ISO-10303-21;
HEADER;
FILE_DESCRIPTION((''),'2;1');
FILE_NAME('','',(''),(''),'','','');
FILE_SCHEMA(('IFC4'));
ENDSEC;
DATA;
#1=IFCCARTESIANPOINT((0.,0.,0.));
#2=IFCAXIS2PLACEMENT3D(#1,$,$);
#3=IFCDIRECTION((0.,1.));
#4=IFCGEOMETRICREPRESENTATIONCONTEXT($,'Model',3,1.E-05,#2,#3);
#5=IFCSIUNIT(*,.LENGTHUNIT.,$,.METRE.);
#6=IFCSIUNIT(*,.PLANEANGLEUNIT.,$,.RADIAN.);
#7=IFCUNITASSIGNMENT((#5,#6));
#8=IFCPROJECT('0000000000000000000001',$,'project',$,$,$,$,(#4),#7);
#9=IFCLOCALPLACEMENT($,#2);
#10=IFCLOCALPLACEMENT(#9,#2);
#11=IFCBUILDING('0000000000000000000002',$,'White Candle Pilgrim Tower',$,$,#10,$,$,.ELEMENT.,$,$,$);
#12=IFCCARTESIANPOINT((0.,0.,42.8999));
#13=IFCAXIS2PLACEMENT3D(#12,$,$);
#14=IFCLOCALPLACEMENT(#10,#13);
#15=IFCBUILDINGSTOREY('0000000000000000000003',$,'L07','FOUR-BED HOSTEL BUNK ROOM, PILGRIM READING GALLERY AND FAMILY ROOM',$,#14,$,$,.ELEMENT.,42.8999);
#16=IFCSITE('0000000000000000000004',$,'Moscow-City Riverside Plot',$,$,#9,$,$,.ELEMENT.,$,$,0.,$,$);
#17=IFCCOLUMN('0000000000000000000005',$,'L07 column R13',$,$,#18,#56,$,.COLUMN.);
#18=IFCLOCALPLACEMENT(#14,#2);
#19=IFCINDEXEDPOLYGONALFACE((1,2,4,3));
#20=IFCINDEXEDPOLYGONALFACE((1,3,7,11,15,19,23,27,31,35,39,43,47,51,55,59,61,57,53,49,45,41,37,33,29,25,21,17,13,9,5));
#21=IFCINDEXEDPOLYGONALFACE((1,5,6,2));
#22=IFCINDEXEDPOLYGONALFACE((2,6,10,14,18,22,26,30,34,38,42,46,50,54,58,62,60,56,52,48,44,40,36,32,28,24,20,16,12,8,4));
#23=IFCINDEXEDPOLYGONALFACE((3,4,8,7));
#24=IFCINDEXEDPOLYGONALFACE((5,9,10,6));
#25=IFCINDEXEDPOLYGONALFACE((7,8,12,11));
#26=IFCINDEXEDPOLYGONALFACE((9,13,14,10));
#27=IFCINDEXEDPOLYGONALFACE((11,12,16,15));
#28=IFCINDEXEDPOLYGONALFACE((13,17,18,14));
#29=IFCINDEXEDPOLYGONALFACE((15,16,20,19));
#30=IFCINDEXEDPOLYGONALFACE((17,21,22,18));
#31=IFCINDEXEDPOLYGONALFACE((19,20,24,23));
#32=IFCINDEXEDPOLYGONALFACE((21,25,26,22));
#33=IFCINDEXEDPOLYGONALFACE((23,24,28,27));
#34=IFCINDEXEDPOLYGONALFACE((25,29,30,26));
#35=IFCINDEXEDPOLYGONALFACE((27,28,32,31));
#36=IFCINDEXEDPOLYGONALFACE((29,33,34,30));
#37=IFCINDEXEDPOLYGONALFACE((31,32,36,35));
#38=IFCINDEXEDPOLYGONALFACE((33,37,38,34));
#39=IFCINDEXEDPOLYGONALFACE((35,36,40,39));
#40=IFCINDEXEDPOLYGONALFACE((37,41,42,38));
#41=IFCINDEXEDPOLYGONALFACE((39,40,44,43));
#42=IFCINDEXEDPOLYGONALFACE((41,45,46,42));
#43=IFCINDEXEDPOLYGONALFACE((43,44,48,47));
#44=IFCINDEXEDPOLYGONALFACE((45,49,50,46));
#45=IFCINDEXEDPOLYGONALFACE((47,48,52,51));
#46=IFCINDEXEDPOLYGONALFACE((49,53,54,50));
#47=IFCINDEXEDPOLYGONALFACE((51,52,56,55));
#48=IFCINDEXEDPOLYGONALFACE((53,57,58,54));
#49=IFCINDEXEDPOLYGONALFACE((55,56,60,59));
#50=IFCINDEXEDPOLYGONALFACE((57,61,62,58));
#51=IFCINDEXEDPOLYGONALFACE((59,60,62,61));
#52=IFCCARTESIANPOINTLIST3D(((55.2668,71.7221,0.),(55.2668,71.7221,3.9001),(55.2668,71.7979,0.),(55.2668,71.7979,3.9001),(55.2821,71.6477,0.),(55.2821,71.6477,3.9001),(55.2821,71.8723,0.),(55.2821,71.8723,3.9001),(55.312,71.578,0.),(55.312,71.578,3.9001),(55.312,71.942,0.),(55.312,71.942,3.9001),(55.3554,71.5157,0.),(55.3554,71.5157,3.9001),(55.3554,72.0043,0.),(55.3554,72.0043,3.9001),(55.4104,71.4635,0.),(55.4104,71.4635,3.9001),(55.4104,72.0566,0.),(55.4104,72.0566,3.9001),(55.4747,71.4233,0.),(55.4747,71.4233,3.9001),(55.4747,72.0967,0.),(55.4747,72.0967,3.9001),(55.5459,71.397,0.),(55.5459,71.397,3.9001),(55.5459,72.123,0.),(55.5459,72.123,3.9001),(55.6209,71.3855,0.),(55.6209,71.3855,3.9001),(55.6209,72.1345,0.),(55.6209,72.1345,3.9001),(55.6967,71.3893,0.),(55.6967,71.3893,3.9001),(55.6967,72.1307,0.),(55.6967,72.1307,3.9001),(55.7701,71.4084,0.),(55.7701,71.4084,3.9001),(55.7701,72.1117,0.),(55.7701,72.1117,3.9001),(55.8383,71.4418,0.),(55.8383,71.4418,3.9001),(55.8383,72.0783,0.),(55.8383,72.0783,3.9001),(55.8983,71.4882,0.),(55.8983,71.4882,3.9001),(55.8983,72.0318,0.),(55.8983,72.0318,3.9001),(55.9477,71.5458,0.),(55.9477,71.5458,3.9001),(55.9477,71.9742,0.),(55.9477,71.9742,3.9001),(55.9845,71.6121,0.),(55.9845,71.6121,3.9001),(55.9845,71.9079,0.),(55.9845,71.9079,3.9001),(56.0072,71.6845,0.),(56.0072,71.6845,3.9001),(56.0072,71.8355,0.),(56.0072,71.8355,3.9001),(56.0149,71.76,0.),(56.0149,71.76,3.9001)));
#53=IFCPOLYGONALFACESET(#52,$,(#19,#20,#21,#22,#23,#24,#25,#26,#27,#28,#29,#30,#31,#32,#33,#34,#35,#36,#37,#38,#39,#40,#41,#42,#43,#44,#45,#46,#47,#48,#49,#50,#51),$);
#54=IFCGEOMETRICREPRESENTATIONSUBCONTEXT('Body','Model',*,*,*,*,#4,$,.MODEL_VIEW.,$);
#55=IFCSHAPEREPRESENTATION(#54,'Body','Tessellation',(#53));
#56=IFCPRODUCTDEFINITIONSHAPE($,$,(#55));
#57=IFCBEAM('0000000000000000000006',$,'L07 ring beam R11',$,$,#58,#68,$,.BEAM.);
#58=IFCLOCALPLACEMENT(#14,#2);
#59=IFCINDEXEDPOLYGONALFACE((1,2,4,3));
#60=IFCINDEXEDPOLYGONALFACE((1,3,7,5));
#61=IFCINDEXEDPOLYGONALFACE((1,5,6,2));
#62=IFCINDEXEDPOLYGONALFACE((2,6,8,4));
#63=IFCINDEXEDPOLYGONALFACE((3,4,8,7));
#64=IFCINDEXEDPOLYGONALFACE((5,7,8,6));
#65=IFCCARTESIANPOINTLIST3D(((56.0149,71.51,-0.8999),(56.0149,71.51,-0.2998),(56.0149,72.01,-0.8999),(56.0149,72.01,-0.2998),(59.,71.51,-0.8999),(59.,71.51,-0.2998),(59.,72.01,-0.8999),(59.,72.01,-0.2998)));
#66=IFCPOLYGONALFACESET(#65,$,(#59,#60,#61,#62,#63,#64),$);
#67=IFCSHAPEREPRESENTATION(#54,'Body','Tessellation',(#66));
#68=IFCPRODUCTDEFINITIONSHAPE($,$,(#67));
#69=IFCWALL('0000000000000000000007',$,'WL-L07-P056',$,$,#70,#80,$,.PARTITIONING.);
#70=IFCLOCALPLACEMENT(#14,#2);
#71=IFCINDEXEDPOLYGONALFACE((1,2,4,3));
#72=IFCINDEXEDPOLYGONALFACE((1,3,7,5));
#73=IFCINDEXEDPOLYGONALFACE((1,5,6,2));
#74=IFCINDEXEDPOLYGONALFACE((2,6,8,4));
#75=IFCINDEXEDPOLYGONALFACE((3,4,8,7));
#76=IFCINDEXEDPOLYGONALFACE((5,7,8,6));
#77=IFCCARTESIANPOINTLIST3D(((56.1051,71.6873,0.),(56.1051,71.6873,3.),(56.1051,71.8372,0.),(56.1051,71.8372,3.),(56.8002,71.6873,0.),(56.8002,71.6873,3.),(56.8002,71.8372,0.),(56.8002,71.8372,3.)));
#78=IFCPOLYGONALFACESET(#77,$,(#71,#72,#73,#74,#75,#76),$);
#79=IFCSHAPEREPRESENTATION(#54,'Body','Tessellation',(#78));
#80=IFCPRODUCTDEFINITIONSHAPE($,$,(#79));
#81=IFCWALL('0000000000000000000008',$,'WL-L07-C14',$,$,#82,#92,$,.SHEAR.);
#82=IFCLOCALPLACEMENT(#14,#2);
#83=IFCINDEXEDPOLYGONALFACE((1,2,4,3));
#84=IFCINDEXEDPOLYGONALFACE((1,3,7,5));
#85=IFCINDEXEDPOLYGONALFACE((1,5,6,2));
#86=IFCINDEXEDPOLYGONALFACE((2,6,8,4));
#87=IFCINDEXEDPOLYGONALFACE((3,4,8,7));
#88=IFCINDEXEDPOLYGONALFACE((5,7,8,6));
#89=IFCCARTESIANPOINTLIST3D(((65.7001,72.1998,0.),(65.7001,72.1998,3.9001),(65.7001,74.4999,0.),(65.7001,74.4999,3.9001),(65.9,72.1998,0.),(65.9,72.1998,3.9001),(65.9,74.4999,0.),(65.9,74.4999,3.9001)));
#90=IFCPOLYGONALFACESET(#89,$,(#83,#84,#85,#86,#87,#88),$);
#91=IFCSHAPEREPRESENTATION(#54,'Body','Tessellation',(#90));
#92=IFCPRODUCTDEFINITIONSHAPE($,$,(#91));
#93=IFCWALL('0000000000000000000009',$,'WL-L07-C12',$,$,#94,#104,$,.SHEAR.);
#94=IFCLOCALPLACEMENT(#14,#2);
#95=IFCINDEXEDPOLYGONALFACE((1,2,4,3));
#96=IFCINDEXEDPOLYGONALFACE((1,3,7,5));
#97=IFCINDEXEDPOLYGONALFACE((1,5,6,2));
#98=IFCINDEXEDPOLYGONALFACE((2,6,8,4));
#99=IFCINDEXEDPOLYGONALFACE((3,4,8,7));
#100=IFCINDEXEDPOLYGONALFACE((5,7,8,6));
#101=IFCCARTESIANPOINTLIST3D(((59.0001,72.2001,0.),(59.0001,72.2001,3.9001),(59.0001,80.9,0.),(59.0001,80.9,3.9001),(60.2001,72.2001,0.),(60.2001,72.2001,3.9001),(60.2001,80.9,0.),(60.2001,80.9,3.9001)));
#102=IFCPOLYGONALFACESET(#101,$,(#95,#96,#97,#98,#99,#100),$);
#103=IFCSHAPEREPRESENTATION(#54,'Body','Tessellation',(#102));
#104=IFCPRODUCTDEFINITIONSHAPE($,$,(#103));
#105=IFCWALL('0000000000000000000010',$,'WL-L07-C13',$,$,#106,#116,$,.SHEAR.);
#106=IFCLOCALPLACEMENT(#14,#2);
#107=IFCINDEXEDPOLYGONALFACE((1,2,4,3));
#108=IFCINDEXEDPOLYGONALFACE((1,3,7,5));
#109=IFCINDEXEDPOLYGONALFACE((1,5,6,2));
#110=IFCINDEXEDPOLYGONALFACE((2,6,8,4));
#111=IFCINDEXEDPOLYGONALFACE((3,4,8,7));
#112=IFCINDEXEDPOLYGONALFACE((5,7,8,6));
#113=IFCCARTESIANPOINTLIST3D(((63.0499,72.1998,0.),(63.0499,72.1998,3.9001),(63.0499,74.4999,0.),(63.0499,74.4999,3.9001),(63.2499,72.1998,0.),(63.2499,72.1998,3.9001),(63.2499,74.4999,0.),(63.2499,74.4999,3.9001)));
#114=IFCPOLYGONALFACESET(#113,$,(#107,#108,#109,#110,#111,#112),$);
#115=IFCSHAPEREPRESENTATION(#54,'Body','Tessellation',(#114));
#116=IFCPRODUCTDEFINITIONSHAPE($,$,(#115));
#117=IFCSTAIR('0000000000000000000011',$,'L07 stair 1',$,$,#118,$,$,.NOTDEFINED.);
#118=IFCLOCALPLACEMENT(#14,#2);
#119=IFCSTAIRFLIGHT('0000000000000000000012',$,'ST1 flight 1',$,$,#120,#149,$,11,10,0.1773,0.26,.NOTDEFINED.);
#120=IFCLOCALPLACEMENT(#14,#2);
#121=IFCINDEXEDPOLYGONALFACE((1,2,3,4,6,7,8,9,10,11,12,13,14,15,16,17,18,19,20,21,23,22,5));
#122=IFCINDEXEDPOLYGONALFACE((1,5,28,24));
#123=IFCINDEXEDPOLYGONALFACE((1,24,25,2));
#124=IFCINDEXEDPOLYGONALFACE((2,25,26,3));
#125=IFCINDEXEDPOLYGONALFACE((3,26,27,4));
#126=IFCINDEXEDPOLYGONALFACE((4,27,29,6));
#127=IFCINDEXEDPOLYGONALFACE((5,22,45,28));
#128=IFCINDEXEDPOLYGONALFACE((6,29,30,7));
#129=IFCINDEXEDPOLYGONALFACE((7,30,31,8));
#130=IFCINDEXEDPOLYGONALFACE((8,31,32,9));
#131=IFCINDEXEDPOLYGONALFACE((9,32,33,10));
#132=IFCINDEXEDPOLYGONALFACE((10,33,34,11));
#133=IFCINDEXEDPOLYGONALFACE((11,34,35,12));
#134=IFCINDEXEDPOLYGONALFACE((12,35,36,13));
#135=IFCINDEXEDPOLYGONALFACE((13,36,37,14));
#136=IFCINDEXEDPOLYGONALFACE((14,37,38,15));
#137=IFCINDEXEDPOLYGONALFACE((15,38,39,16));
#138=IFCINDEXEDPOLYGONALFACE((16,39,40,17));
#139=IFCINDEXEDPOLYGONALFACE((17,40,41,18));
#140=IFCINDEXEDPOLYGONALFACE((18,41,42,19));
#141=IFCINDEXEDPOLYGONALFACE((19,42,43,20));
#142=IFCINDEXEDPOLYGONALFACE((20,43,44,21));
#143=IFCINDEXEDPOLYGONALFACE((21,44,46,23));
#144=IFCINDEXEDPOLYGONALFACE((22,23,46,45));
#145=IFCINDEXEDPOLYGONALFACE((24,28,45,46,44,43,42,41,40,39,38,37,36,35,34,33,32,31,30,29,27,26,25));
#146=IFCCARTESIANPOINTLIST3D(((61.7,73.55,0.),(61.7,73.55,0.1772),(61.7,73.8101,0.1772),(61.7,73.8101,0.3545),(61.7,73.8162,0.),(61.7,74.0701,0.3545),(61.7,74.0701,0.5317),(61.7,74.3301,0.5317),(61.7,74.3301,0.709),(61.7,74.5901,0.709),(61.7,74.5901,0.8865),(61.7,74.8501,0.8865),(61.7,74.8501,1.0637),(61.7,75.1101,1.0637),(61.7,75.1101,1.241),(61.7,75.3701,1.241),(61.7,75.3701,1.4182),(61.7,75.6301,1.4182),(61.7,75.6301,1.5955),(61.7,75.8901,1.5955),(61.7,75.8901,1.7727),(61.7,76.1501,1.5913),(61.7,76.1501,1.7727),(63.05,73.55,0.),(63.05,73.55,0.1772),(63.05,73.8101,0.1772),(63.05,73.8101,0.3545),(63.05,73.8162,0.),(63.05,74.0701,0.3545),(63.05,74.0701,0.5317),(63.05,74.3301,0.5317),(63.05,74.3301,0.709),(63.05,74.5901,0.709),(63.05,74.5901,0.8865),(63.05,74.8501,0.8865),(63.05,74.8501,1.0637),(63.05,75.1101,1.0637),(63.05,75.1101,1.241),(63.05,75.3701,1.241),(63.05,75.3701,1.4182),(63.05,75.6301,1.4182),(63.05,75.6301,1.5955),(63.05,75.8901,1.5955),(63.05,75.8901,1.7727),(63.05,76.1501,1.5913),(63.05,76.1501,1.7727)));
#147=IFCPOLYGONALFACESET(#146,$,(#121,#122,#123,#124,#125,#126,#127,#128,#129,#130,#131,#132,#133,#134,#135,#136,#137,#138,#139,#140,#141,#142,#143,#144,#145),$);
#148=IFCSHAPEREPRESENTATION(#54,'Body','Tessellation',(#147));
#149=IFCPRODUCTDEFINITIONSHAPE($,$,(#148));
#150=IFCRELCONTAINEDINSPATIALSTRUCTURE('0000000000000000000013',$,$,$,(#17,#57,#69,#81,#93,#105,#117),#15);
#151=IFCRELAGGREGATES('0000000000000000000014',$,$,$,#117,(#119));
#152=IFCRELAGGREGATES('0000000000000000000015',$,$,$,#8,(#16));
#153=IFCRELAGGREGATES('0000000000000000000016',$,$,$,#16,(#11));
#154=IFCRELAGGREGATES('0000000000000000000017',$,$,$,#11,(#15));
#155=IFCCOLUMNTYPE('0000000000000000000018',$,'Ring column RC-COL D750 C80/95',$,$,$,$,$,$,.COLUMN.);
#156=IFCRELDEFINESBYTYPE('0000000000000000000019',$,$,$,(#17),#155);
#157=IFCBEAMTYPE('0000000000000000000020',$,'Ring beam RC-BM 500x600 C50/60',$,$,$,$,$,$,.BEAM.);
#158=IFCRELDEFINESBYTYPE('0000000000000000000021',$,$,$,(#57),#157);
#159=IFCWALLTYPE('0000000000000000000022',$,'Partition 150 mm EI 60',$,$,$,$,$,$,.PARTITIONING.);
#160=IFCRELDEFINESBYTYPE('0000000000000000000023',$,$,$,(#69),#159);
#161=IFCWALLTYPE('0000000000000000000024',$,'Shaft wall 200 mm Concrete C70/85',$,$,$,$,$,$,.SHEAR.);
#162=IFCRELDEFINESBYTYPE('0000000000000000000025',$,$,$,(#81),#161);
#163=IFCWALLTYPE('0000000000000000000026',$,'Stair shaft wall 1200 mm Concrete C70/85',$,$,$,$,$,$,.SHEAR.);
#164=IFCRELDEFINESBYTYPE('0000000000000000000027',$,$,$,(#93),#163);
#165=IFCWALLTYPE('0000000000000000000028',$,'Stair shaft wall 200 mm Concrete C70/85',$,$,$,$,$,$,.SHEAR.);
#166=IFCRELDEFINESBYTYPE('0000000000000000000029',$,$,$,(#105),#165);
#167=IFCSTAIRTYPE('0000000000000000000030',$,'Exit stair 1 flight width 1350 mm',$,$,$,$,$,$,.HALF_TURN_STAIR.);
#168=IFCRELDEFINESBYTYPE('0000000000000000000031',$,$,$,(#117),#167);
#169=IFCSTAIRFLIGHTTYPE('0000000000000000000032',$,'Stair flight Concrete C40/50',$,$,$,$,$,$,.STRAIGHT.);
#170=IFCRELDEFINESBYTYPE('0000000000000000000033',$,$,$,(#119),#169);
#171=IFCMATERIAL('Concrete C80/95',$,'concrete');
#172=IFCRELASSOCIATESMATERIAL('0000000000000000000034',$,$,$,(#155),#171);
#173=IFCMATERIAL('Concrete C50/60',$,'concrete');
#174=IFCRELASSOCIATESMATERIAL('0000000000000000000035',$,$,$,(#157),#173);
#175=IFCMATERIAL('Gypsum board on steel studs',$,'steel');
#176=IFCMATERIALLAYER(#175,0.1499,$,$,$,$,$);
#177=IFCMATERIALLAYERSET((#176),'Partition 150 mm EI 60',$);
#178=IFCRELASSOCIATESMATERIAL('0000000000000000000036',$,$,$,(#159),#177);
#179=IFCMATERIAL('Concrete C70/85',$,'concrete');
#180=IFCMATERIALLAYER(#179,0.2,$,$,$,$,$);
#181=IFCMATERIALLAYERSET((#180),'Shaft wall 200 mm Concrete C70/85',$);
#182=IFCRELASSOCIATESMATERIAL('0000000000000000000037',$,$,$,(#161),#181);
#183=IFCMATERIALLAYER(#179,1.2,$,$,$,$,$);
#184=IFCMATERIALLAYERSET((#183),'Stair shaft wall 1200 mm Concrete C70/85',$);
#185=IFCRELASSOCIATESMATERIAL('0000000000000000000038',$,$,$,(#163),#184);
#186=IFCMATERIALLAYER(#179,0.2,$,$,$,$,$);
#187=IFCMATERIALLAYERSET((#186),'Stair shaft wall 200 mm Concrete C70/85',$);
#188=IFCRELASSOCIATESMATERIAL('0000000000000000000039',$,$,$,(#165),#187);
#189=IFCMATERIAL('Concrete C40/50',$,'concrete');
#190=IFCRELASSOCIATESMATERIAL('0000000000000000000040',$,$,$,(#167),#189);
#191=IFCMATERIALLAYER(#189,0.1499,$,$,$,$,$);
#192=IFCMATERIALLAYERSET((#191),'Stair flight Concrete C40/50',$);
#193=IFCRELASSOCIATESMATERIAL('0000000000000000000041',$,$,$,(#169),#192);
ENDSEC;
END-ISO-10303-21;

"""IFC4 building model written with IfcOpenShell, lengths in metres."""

from ifc_helpers import new_model, si_unit, direction, frame, frame_2d, origin, origin_2d, place, context, subcontext, project, spatial, polyline, rectangle, circle, outline, extrude, material, layer, layer_set, material_profile, profile_set, type_object, element, aggregate, save


model = new_model("IFC4")

# Units and contexts
model_context = context("Model", 3, precision=1e-05, world=origin(), true_north=direction((0.0, 1.0)))
body_context = subcontext(model_context, "Body", "Model", "MODEL_VIEW")
ifc_project = project(units=[si_unit("LENGTHUNIT", "METRE"), si_unit("PLANEANGLEUNIT", "RADIAN")], contexts=[model_context])

# Site, building, storey
site_placement = place(None, origin())
site = spatial("IfcSite", under=ifc_project, at=site_placement, Name="Moscow-City Riverside Plot", CompositionType="ELEMENT", RefElevation=0.0)
building_placement = place(site_placement, origin())
building = spatial("IfcBuilding", under=site, at=building_placement, Name="White Candle Pilgrim Tower", CompositionType="ELEMENT")
storey_placement = place(building_placement, frame((0.0, 0.0, 42.8999)))
storey = spatial("IfcBuildingStorey", under=building, at=storey_placement, Name="L07", Description="FOUR-BED HOSTEL BUNK ROOM, PILGRIM READING GALLERY AND FAMILY ROOM", CompositionType="ELEMENT", Elevation=42.8999)

# Column
ifc_material_1 = material(Name="Concrete C80/95", Category="concrete")
ifc_material_profile_1 = material_profile(ifc_material_1, circle(Radius=0.375, at=origin_2d()), Name="RC-COL D750")
ifc_profile_set_1 = profile_set([ifc_material_profile_1], Name="Concrete C80/95")
column_type = type_object("IfcColumnType", Name="Ring column RC-COL D750 C80/95", PredefinedType="COLUMN", material=ifc_profile_set_1)
column_placement = place(storey_placement, frame((55.6399, 71.76, 0.0), z_axis=(0.0, 0.0, 1.0), x_axis=(1.0, 0.0, 0.0)))
element("IfcColumn", 1, at=column_placement, inside=storey, type_object=column_type, Name="L07 column R13", PredefinedType="COLUMN", context=body_context, shape_type="SweptSolid", body=[
    extrude(circle(Radius=0.375, at=origin_2d()), origin(), (0.0, 0.0, 1.0), 3.9001),
])

# Beam
ifc_material_2 = material(Name="Concrete C50/60", Category="concrete")
ifc_material_profile_2 = material_profile(ifc_material_2, rectangle(XDim=0.5, YDim=0.6001, at=origin_2d()), Name="RC-BM 500x600")
ifc_profile_set_2 = profile_set([ifc_material_profile_2], Name="Concrete C50/60")
beam_type = type_object("IfcBeamType", Name="Ring beam RC-BM 500x600 C50/60", PredefinedType="BEAM", material=ifc_profile_set_2)
beam_placement = place(storey_placement, frame((56.0149, 71.76, -0.5999), z_axis=(1.0, 0.0, 0.0), x_axis=(0.0, 1.0, 0.0)))
element("IfcBeam", 2, at=beam_placement, inside=storey, type_object=beam_type, Name="L07 ring beam R11", PredefinedType="BEAM", context=body_context, shape_type="SweptSolid", body=[
    extrude(rectangle(XDim=0.5, YDim=0.6001, at=origin_2d()), origin(), (0.0, 0.0, 1.0), 2.9851),
])

# Walls
ifc_material_3 = material(Name="Gypsum board on steel studs", Category="steel")
ifc_layer_1 = layer(ifc_material_3, 0.1499)
ifc_layer_set_1 = layer_set([ifc_layer_1], Name="Partition 150 mm EI 60")
wall_type_1 = type_object("IfcWallType", Name="Partition 150 mm EI 60", PredefinedType="PARTITIONING", material=ifc_layer_set_1)
wall_1_placement = place(storey_placement, frame((56.105, 71.7622, 0.0), z_axis=(0.0, 0.0, 1.0), x_axis=(1.0, 0.0, 0.0)))
element("IfcWall", 3, at=wall_1_placement, inside=storey, type_object=wall_type_1, Name="WL-L07-P056", PredefinedType="PARTITIONING", context=body_context, shape_type="SweptSolid", body=[
    extrude(rectangle(XDim=0.6951, YDim=0.1499, at=frame_2d((0.3477, 0.0))), origin(), (0.0, 0.0, 1.0), 3.0),
])
ifc_material_4 = material(Name="Concrete C70/85", Category="concrete")
ifc_layer_2 = layer(ifc_material_4, 0.2)
ifc_layer_set_2 = layer_set([ifc_layer_2], Name="Shaft wall 200 mm Concrete C70/85")
wall_type_2 = type_object("IfcWallType", Name="Shaft wall 200 mm Concrete C70/85", PredefinedType="SHEAR", material=ifc_layer_set_2)
wall_2_placement = place(storey_placement, frame((65.8, 72.2, 0.0), z_axis=(0.0, 0.0, 1.0), x_axis=(0.0, 1.0, 0.0)))
element("IfcWall", 4, at=wall_2_placement, inside=storey, type_object=wall_type_2, Name="WL-L07-C14", PredefinedType="SHEAR", context=body_context, shape_type="SweptSolid", body=[
    extrude(rectangle(XDim=2.3, YDim=0.2, at=frame_2d((1.1499, 0.0))), origin(), (0.0, 0.0, 1.0), 3.9001),
])
ifc_layer_3 = layer(ifc_material_4, 1.2)
ifc_layer_set_3 = layer_set([ifc_layer_3], Name="Stair shaft wall 1200 mm Concrete C70/85")
wall_type_3 = type_object("IfcWallType", Name="Stair shaft wall 1200 mm Concrete C70/85", PredefinedType="SHEAR", material=ifc_layer_set_3)
wall_3_placement = place(storey_placement, frame((59.6001, 72.2, 0.0), z_axis=(0.0, 0.0, 1.0), x_axis=(0.0, 1.0, 0.0)))
element("IfcWall", 5, at=wall_3_placement, inside=storey, type_object=wall_type_3, Name="WL-L07-C12", PredefinedType="SHEAR", context=body_context, shape_type="SweptSolid", body=[
    extrude(rectangle(XDim=8.7, YDim=1.2, at=frame_2d((4.3501, 0.0))), origin(), (0.0, 0.0, 1.0), 3.9001),
])
ifc_layer_4 = layer(ifc_material_4, 0.2)
ifc_layer_set_4 = layer_set([ifc_layer_4], Name="Stair shaft wall 200 mm Concrete C70/85")
wall_type_4 = type_object("IfcWallType", Name="Stair shaft wall 200 mm Concrete C70/85", PredefinedType="SHEAR", material=ifc_layer_set_4)
wall_4_placement = place(storey_placement, frame((63.1499, 72.2, 0.0), z_axis=(0.0, 0.0, 1.0), x_axis=(0.0, 1.0, 0.0)))
element("IfcWall", 6, at=wall_4_placement, inside=storey, type_object=wall_type_4, Name="WL-L07-C13", PredefinedType="SHEAR", context=body_context, shape_type="SweptSolid", body=[
    extrude(rectangle(XDim=2.3, YDim=0.2, at=frame_2d((1.1499, 0.0))), origin(), (0.0, 0.0, 1.0), 3.9001),
])

# Stair, stair flight
ifc_material_5 = material(Name="Concrete C40/50", Category="concrete")
stair_type = type_object("IfcStairType", Name="Exit stair 1 flight width 1350 mm", PredefinedType="HALF_TURN_STAIR", material=ifc_material_5)
stair_placement = place(storey_placement, origin())
stair = element("IfcStair", 7, at=stair_placement, inside=storey, type_object=stair_type, Name="L07 stair 1", PredefinedType="NOTDEFINED")
ifc_layer_5 = layer(ifc_material_5, 0.1499)
ifc_layer_set_5 = layer_set([ifc_layer_5], Name="Stair flight Concrete C40/50")
stair_flight_type = type_object("IfcStairFlightType", Name="Stair flight Concrete C40/50", PredefinedType="STRAIGHT", material=ifc_layer_set_5)
stair_flight_placement = place(storey_placement, frame((62.375, 73.55, 0.0), z_axis=(0.0, 0.0, 1.0), x_axis=(0.0, 1.0, 0.0)))
stair_flight = element("IfcStairFlight", 8, at=stair_flight_placement, type_object=stair_flight_type, Name="ST1 flight 1", NumberOfRisers=11, NumberOfTreads=10, PredefinedType="NOTDEFINED", RiserHeight=0.1773, TreadLength=0.26, context=body_context, shape_type="SweptSolid", body=[
    extrude(outline(polyline([(0.0, 0.0), (0.0, 0.1772), (0.26, 0.1772), (0.26, 0.3545), (0.52, 0.3545), (0.52, 0.5317), (0.78, 0.5317), (0.78, 0.709), (1.04, 0.709), (1.04, 0.8865), (1.3, 0.8865), (1.3, 1.0637), (1.5601, 1.0637), (1.5601, 1.241), (1.8201, 1.241), (1.8201, 1.4182), (2.0801, 1.4182), (2.0801, 1.5955), (2.3401, 1.5955), (2.3401, 1.7727), (2.6001, 1.7727), (2.6001, 1.95), (2.6001, 1.5913), (0.2661, 0.0), (0.0, 0.0)])), frame((0.0, 0.675, 0.0), z_axis=(0.0, -1.0, 0.0), x_axis=(1.0, 0.0, 0.0)), (0.0, 0.0, 1.0), 1.3501),
])
aggregate(stair, [stair_flight])

save(model, "model.ifc")
